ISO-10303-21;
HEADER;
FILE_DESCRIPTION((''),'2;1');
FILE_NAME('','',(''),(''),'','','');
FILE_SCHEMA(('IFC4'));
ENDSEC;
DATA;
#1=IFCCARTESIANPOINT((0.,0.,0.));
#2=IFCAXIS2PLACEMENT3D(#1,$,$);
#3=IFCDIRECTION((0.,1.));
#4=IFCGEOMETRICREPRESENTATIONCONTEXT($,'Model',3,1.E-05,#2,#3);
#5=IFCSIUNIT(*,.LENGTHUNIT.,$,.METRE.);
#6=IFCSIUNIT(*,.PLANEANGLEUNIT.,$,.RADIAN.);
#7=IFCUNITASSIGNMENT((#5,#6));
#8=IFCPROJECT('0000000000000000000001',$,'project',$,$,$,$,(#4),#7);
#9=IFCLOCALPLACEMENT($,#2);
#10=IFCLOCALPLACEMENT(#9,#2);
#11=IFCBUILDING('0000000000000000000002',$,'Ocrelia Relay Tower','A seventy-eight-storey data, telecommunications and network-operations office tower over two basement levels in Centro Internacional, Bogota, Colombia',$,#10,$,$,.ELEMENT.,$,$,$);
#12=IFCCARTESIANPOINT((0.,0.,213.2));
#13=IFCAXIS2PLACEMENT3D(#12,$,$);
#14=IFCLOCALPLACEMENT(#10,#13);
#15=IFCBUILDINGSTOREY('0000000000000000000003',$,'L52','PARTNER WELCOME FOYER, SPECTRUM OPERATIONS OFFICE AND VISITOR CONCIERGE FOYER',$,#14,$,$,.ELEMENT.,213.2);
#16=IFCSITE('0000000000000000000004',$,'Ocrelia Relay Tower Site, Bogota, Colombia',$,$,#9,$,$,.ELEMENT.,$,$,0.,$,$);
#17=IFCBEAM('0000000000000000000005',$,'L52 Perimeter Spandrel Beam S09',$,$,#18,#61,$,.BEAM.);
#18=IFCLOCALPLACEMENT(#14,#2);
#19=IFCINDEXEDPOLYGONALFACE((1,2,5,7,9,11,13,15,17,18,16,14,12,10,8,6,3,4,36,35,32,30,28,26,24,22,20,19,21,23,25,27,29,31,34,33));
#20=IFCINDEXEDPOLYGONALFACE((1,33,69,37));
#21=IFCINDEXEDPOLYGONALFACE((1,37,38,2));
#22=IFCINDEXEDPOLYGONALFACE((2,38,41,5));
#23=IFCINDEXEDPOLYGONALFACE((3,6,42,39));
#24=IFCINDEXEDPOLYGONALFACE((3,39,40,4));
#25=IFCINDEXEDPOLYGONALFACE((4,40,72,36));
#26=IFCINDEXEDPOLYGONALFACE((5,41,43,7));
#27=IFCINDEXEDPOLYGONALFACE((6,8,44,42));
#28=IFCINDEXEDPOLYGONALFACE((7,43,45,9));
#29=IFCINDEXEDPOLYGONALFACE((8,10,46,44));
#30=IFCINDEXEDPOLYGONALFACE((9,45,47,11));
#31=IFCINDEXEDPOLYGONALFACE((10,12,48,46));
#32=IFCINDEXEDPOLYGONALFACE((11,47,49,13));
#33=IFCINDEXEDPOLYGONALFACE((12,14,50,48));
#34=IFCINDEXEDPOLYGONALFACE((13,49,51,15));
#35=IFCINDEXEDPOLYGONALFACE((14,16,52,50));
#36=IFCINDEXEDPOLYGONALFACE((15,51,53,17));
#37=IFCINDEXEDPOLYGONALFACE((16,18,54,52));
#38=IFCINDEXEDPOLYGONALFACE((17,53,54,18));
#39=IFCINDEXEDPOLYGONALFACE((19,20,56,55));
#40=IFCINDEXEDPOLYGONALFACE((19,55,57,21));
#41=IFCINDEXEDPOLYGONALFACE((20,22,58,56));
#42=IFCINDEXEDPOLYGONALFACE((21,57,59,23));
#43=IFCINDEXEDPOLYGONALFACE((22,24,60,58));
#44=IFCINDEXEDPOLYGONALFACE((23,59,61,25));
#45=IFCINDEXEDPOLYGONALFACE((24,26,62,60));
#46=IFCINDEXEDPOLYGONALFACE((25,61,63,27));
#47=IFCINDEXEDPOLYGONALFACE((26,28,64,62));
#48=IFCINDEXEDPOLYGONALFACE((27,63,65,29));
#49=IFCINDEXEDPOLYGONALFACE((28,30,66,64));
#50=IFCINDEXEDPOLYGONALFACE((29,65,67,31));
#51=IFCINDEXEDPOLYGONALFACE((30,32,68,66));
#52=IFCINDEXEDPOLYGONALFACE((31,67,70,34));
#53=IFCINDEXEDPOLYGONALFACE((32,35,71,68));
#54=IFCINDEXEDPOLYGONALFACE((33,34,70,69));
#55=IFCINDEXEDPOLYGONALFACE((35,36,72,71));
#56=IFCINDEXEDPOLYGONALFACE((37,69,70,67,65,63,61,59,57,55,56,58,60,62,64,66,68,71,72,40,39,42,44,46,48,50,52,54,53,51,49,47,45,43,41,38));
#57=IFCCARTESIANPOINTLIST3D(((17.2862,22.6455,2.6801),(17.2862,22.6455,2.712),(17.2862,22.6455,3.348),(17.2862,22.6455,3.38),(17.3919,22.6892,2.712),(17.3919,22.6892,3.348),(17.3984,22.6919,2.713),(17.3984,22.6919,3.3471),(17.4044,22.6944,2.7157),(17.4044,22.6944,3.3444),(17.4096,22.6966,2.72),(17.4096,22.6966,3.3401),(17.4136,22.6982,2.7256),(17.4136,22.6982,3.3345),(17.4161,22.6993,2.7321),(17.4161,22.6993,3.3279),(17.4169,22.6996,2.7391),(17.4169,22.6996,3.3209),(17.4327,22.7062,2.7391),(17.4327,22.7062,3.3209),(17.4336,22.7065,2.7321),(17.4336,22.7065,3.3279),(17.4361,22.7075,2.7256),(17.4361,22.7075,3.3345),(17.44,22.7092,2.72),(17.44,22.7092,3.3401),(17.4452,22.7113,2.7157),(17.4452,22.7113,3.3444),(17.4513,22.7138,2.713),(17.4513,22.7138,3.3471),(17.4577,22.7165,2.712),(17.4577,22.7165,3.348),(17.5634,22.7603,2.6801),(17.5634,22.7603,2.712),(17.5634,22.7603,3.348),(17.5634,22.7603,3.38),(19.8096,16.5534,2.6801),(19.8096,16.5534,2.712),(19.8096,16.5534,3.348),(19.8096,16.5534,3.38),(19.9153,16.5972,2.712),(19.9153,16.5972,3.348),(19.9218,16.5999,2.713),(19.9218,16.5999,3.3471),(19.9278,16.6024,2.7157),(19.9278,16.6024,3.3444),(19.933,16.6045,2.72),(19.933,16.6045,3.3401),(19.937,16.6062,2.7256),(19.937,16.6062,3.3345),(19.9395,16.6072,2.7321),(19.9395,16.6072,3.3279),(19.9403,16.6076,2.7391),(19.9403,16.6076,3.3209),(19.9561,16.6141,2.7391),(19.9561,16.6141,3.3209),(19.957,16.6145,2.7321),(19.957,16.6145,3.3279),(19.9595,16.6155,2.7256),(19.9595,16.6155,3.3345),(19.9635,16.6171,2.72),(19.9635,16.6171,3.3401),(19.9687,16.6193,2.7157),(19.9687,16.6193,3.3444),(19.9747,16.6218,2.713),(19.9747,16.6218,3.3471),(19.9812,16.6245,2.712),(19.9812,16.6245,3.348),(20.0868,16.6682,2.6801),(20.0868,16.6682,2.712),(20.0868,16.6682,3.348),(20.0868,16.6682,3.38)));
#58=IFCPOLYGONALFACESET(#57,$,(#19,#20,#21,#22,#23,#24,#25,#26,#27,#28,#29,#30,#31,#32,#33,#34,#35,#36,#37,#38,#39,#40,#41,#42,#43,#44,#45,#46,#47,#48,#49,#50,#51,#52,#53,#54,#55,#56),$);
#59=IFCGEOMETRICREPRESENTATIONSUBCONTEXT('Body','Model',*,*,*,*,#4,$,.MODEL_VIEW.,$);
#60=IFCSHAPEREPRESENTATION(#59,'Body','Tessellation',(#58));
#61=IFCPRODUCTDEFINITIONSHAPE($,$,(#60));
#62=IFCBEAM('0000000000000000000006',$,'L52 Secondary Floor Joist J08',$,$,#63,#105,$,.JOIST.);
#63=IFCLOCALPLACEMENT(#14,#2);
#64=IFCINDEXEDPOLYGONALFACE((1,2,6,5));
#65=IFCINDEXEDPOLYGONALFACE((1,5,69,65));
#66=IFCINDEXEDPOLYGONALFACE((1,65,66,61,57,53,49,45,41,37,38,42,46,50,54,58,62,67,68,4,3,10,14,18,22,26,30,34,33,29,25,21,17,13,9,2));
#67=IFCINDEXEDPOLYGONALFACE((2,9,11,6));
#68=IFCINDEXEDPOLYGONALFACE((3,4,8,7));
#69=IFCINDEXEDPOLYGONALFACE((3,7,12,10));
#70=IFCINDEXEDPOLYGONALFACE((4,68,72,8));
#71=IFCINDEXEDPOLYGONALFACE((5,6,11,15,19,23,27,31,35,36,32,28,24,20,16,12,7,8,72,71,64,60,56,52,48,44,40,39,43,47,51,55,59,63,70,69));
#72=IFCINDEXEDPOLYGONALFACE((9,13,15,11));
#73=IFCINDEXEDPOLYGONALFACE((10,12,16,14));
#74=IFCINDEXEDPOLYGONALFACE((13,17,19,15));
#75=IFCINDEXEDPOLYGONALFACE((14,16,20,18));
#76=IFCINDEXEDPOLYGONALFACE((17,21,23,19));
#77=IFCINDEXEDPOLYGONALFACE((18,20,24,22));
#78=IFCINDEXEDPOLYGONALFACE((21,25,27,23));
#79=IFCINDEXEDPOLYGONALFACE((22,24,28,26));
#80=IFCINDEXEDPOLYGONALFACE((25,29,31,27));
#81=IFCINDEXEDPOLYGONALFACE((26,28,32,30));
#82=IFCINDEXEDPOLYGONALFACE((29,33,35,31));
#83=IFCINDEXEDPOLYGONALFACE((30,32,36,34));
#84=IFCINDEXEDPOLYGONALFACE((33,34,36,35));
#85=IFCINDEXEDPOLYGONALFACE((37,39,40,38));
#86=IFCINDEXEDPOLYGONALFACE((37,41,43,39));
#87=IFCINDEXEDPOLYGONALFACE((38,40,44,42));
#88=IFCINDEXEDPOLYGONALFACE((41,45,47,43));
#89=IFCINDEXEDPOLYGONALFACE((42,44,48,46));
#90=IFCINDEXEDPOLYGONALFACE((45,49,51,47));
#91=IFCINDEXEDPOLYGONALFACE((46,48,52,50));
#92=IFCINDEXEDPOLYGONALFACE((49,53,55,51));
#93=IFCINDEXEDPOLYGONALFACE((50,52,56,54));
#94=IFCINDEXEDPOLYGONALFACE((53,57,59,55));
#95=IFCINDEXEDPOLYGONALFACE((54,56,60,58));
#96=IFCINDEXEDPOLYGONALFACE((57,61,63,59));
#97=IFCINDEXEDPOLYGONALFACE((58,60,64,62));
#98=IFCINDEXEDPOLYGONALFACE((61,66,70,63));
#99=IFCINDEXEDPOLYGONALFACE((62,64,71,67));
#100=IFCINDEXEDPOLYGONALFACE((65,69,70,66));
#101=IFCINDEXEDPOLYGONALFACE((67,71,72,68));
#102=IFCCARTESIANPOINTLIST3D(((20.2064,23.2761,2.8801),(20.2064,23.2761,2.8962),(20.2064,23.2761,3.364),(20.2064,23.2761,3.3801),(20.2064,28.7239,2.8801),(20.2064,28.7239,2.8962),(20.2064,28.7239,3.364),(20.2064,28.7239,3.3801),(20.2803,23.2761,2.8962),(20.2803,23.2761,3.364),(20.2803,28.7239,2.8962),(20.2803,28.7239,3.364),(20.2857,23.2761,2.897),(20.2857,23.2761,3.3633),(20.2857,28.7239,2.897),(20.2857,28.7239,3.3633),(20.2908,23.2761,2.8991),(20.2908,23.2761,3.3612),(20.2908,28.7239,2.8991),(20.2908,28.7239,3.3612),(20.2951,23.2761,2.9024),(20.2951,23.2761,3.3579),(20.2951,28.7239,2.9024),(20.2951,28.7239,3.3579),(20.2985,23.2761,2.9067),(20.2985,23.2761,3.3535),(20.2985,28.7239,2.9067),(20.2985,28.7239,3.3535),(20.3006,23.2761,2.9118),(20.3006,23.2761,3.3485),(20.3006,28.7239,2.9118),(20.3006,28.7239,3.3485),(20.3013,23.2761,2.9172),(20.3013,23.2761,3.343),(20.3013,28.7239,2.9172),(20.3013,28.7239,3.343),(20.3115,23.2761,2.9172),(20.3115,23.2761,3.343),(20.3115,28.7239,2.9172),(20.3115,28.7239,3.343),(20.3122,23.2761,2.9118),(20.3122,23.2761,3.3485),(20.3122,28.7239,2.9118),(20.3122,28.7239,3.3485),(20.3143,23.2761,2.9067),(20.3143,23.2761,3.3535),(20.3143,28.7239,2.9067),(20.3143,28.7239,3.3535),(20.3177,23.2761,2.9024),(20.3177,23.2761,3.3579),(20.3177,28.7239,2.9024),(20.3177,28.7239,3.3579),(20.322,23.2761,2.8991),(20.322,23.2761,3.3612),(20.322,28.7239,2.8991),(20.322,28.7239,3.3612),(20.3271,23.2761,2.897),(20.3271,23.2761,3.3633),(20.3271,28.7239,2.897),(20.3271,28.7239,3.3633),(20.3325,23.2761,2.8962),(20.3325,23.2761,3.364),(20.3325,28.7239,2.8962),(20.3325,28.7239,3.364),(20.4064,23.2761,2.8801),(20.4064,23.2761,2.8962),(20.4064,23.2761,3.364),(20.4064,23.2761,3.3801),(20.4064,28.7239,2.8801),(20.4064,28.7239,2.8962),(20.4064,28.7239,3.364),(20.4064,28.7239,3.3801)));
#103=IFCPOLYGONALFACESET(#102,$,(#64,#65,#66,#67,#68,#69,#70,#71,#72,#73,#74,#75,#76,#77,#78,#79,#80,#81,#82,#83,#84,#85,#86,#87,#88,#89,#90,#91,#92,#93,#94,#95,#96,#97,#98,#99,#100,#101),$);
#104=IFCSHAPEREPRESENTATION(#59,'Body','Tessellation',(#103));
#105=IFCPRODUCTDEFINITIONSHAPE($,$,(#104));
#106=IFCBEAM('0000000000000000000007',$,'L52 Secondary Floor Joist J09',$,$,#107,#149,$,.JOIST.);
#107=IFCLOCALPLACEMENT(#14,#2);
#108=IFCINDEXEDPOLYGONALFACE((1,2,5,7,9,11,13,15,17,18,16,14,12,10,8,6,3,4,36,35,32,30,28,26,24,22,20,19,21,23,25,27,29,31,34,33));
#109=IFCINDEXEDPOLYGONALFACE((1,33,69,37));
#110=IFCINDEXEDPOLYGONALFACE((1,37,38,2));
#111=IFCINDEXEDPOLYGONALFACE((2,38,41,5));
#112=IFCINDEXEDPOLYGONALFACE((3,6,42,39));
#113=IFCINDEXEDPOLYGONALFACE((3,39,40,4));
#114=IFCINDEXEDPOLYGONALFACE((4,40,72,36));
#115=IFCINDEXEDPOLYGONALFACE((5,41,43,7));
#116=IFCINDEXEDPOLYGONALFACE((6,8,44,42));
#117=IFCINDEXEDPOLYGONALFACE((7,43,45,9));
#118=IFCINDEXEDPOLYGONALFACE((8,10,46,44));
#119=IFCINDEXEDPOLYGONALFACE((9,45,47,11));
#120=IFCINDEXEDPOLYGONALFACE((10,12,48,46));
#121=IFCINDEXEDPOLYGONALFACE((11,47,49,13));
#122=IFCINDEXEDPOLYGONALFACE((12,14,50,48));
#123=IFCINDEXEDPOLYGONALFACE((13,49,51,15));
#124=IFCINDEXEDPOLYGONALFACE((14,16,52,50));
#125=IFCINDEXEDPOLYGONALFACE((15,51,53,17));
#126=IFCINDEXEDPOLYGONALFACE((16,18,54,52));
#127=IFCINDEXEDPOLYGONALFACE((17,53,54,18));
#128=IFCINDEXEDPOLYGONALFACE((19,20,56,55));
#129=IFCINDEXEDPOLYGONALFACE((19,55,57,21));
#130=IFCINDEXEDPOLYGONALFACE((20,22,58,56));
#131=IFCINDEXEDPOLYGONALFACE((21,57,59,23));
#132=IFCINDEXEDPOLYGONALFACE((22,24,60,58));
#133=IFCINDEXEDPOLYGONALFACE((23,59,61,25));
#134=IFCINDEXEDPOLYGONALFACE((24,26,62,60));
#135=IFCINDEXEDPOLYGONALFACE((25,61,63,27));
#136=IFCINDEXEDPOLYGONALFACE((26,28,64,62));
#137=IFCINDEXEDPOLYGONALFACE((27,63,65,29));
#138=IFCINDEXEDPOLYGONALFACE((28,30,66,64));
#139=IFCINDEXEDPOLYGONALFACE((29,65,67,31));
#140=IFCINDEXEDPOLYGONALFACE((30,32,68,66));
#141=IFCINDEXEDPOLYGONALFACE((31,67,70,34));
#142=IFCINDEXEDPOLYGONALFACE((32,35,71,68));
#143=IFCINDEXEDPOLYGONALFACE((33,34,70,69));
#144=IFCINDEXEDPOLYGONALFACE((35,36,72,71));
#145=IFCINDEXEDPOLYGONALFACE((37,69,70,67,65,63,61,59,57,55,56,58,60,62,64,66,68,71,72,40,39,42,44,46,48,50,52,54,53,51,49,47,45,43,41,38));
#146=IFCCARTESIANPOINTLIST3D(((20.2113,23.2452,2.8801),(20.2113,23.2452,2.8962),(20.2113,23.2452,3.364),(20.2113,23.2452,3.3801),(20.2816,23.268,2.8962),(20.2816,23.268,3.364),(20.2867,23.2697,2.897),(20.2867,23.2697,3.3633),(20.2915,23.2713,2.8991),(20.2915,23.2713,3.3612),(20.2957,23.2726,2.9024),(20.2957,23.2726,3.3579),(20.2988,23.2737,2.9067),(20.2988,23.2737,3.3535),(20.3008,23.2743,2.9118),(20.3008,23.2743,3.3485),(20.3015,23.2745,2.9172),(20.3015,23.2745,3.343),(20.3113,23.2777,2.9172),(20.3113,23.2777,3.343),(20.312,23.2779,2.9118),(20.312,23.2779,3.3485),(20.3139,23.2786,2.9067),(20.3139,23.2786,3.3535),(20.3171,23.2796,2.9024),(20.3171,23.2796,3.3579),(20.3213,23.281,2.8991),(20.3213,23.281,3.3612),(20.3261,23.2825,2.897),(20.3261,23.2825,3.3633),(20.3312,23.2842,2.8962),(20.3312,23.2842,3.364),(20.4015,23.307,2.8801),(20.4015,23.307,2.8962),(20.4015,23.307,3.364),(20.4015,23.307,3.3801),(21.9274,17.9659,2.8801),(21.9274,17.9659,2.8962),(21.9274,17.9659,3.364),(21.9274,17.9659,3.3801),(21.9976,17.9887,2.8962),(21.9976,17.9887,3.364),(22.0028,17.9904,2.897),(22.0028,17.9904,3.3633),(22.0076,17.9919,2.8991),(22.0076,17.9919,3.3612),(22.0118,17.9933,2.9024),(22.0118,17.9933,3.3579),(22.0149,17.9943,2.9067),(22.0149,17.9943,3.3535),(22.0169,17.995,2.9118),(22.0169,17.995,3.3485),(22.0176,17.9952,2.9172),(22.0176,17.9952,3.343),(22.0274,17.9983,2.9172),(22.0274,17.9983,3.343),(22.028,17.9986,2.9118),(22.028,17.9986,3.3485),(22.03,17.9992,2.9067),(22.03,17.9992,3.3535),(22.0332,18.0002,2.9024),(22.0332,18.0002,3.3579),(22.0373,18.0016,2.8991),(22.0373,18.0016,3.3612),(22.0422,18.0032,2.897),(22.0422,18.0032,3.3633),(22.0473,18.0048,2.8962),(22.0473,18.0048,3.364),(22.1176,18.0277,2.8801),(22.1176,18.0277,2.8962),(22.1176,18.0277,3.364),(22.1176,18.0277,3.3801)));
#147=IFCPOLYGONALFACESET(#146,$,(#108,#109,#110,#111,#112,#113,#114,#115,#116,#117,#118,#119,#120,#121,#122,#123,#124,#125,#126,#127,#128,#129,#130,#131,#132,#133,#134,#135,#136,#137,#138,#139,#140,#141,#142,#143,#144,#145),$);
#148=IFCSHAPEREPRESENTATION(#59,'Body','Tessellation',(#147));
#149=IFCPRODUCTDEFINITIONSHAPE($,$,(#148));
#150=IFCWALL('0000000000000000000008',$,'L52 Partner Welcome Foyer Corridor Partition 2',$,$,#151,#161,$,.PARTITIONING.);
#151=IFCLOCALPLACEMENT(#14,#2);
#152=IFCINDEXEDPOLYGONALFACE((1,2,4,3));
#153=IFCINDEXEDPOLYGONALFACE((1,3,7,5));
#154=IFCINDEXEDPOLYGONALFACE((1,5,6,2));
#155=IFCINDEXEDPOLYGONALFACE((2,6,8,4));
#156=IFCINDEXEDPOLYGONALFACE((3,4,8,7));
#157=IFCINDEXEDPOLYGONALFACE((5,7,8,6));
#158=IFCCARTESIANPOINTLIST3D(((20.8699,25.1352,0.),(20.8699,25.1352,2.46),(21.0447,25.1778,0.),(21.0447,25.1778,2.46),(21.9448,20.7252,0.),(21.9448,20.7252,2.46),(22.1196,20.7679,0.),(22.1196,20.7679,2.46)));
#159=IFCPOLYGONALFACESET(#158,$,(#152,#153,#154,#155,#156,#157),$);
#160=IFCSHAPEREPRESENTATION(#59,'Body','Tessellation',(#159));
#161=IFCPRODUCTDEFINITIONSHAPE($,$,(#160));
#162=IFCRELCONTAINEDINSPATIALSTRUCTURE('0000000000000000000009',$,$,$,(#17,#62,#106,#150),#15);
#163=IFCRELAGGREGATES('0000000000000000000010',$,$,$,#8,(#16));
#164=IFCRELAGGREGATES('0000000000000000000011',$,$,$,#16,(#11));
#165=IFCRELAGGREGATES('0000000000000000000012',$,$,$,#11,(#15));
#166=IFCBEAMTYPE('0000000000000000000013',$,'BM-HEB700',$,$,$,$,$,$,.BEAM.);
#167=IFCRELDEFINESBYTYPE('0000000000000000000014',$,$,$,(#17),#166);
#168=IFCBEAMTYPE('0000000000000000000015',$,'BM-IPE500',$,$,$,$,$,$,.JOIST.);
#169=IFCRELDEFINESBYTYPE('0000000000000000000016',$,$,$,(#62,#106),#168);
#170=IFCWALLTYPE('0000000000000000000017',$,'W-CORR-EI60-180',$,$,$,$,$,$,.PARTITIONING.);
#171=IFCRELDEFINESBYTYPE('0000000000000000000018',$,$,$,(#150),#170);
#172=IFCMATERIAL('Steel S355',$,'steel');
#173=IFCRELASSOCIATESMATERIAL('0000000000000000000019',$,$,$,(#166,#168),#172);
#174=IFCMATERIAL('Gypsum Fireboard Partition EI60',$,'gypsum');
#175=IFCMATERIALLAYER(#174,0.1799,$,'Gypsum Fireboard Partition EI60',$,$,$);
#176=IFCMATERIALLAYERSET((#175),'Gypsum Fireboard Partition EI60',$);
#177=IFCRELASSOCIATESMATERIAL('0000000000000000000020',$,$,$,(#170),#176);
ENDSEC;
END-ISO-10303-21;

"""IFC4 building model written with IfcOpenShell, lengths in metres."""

from ifc_helpers import new_model, si_unit, direction, frame, frame_2d, origin, origin_2d, place, context, subcontext, project, spatial, rectangle, i_section, extrude, material, layer, layer_set, material_profile, profile_set, type_object, element, save


model = new_model("IFC4")

# Units and contexts
model_context = context("Model", 3, precision=1e-05, world=origin(), true_north=direction((0.0, 1.0)))
body_context = subcontext(model_context, "Body", "Model", "MODEL_VIEW")
ifc_project = project(units=[si_unit("LENGTHUNIT", "METRE"), si_unit("PLANEANGLEUNIT", "RADIAN")], contexts=[model_context])

# Site, building, storey
site_placement = place(None, origin())
site = spatial("IfcSite", under=ifc_project, at=site_placement, Name="Ocrelia Relay Tower Site, Bogota, Colombia", CompositionType="ELEMENT", RefElevation=0.0)
building_placement = place(site_placement, origin())
building = spatial("IfcBuilding", under=site, at=building_placement, Name="Ocrelia Relay Tower", Description="A seventy-eight-storey data, telecommunications and network-operations office tower over two basement levels in Centro Internacional, Bogota, Colombia", CompositionType="ELEMENT")
storey_placement = place(building_placement, frame((0.0, 0.0, 213.2)))
storey = spatial("IfcBuildingStorey", under=building, at=storey_placement, Name="L52", Description="PARTNER WELCOME FOYER, SPECTRUM OPERATIONS OFFICE AND VISITOR CONCIERGE FOYER", CompositionType="ELEMENT", Elevation=213.2)

# Beams
ifc_material_1 = material(Name="Steel S355", Category="steel")
ifc_material_profile_1 = material_profile(ifc_material_1, i_section(OverallWidth=0.3, OverallDepth=0.7, WebThickness=0.0171, FlangeThickness=0.032, FilletRadius=0.0271, at=origin_2d()), Name="HEB 700")
ifc_profile_set_1 = profile_set([ifc_material_profile_1], Name="Steel S355")
beam_type_1 = type_object("IfcBeamType", Name="BM-HEB700", PredefinedType="BEAM", material=ifc_profile_set_1)
beam_1_placement = place(storey_placement, frame((17.4248, 22.7029, 3.03), z_axis=(0.382688, -0.923878, 0.0), x_axis=(0.923878, 0.382688, 0.0)))
element("IfcBeam", 1, at=beam_1_placement, inside=storey, type_object=beam_type_1, Name="L52 Perimeter Spandrel Beam S09", PredefinedType="BEAM", context=body_context, shape_type="SweptSolid", body=[
    extrude(i_section(OverallWidth=0.3, OverallDepth=0.7, WebThickness=0.0171, FlangeThickness=0.032, FilletRadius=0.0271, at=origin_2d()), origin(), (0.0, 0.0, 1.0), 6.594),
])
ifc_material_profile_2 = material_profile(ifc_material_1, i_section(OverallWidth=0.2, OverallDepth=0.5, WebThickness=0.0103, FlangeThickness=0.0161, FilletRadius=0.021, at=origin_2d()), Name="IPE 500")
ifc_profile_set_2 = profile_set([ifc_material_profile_2], Name="Steel S355")
beam_type_2 = type_object("IfcBeamType", Name="BM-IPE500", PredefinedType="JOIST", material=ifc_profile_set_2)
beam_2_placement = place(storey_placement, frame((20.3064, 28.7239, 3.1301), z_axis=(0.0, -1.0, 0.0), x_axis=(1.0, 0.0, 0.0)))
element("IfcBeam", 2, at=beam_2_placement, inside=storey, type_object=beam_type_2, Name="L52 Secondary Floor Joist J08", PredefinedType="JOIST", context=body_context, shape_type="SweptSolid", body=[
    extrude(i_section(OverallWidth=0.2, OverallDepth=0.5, WebThickness=0.0103, FlangeThickness=0.0161, FilletRadius=0.021, at=origin_2d()), origin(), (0.0, 0.0, 1.0), 5.4478),
])
beam_3_placement = place(storey_placement, frame((20.3064, 23.2761, 3.1301), z_axis=(0.309134, -0.951019, 0.0), x_axis=(0.951019, 0.309134, 0.0)))
element("IfcBeam", 3, at=beam_3_placement, inside=storey, type_object=beam_type_2, Name="L52 Secondary Floor Joist J09", PredefinedType="JOIST", context=body_context, shape_type="SweptSolid", body=[
    extrude(i_section(OverallWidth=0.2, OverallDepth=0.5, WebThickness=0.0103, FlangeThickness=0.0161, FilletRadius=0.021, at=origin_2d()), origin(), (0.0, 0.0, 1.0), 5.5513),
])

# Wall
ifc_material_2 = material(Name="Gypsum Fireboard Partition EI60", Category="gypsum")
ifc_layer_1 = layer(ifc_material_2, 0.1799, Name="Gypsum Fireboard Partition EI60")
ifc_layer_set_1 = layer_set([ifc_layer_1], Name="Gypsum Fireboard Partition EI60")
wall_type_1 = type_object("IfcWallType", Name="W-CORR-EI60-180", PredefinedType="PARTITIONING", material=ifc_layer_set_1)
wall_1_placement = place(storey_placement, frame((20.9573, 25.1565, 0.0), z_axis=(0.0, 0.0, 1.0), x_axis=(0.236824, -0.971553, 0.0)))
element("IfcWall", 4, at=wall_1_placement, inside=storey, type_object=wall_type_1, Name="L52 Partner Welcome Foyer Corridor Partition 2", PredefinedType="PARTITIONING", context=body_context, shape_type="SweptSolid", body=[
    extrude(rectangle(XDim=4.5391, YDim=0.1799, at=frame_2d((2.2695, 0.0))), origin(), (0.0, 0.0, 1.0), 2.46),
])

save(model, "model.ifc")
